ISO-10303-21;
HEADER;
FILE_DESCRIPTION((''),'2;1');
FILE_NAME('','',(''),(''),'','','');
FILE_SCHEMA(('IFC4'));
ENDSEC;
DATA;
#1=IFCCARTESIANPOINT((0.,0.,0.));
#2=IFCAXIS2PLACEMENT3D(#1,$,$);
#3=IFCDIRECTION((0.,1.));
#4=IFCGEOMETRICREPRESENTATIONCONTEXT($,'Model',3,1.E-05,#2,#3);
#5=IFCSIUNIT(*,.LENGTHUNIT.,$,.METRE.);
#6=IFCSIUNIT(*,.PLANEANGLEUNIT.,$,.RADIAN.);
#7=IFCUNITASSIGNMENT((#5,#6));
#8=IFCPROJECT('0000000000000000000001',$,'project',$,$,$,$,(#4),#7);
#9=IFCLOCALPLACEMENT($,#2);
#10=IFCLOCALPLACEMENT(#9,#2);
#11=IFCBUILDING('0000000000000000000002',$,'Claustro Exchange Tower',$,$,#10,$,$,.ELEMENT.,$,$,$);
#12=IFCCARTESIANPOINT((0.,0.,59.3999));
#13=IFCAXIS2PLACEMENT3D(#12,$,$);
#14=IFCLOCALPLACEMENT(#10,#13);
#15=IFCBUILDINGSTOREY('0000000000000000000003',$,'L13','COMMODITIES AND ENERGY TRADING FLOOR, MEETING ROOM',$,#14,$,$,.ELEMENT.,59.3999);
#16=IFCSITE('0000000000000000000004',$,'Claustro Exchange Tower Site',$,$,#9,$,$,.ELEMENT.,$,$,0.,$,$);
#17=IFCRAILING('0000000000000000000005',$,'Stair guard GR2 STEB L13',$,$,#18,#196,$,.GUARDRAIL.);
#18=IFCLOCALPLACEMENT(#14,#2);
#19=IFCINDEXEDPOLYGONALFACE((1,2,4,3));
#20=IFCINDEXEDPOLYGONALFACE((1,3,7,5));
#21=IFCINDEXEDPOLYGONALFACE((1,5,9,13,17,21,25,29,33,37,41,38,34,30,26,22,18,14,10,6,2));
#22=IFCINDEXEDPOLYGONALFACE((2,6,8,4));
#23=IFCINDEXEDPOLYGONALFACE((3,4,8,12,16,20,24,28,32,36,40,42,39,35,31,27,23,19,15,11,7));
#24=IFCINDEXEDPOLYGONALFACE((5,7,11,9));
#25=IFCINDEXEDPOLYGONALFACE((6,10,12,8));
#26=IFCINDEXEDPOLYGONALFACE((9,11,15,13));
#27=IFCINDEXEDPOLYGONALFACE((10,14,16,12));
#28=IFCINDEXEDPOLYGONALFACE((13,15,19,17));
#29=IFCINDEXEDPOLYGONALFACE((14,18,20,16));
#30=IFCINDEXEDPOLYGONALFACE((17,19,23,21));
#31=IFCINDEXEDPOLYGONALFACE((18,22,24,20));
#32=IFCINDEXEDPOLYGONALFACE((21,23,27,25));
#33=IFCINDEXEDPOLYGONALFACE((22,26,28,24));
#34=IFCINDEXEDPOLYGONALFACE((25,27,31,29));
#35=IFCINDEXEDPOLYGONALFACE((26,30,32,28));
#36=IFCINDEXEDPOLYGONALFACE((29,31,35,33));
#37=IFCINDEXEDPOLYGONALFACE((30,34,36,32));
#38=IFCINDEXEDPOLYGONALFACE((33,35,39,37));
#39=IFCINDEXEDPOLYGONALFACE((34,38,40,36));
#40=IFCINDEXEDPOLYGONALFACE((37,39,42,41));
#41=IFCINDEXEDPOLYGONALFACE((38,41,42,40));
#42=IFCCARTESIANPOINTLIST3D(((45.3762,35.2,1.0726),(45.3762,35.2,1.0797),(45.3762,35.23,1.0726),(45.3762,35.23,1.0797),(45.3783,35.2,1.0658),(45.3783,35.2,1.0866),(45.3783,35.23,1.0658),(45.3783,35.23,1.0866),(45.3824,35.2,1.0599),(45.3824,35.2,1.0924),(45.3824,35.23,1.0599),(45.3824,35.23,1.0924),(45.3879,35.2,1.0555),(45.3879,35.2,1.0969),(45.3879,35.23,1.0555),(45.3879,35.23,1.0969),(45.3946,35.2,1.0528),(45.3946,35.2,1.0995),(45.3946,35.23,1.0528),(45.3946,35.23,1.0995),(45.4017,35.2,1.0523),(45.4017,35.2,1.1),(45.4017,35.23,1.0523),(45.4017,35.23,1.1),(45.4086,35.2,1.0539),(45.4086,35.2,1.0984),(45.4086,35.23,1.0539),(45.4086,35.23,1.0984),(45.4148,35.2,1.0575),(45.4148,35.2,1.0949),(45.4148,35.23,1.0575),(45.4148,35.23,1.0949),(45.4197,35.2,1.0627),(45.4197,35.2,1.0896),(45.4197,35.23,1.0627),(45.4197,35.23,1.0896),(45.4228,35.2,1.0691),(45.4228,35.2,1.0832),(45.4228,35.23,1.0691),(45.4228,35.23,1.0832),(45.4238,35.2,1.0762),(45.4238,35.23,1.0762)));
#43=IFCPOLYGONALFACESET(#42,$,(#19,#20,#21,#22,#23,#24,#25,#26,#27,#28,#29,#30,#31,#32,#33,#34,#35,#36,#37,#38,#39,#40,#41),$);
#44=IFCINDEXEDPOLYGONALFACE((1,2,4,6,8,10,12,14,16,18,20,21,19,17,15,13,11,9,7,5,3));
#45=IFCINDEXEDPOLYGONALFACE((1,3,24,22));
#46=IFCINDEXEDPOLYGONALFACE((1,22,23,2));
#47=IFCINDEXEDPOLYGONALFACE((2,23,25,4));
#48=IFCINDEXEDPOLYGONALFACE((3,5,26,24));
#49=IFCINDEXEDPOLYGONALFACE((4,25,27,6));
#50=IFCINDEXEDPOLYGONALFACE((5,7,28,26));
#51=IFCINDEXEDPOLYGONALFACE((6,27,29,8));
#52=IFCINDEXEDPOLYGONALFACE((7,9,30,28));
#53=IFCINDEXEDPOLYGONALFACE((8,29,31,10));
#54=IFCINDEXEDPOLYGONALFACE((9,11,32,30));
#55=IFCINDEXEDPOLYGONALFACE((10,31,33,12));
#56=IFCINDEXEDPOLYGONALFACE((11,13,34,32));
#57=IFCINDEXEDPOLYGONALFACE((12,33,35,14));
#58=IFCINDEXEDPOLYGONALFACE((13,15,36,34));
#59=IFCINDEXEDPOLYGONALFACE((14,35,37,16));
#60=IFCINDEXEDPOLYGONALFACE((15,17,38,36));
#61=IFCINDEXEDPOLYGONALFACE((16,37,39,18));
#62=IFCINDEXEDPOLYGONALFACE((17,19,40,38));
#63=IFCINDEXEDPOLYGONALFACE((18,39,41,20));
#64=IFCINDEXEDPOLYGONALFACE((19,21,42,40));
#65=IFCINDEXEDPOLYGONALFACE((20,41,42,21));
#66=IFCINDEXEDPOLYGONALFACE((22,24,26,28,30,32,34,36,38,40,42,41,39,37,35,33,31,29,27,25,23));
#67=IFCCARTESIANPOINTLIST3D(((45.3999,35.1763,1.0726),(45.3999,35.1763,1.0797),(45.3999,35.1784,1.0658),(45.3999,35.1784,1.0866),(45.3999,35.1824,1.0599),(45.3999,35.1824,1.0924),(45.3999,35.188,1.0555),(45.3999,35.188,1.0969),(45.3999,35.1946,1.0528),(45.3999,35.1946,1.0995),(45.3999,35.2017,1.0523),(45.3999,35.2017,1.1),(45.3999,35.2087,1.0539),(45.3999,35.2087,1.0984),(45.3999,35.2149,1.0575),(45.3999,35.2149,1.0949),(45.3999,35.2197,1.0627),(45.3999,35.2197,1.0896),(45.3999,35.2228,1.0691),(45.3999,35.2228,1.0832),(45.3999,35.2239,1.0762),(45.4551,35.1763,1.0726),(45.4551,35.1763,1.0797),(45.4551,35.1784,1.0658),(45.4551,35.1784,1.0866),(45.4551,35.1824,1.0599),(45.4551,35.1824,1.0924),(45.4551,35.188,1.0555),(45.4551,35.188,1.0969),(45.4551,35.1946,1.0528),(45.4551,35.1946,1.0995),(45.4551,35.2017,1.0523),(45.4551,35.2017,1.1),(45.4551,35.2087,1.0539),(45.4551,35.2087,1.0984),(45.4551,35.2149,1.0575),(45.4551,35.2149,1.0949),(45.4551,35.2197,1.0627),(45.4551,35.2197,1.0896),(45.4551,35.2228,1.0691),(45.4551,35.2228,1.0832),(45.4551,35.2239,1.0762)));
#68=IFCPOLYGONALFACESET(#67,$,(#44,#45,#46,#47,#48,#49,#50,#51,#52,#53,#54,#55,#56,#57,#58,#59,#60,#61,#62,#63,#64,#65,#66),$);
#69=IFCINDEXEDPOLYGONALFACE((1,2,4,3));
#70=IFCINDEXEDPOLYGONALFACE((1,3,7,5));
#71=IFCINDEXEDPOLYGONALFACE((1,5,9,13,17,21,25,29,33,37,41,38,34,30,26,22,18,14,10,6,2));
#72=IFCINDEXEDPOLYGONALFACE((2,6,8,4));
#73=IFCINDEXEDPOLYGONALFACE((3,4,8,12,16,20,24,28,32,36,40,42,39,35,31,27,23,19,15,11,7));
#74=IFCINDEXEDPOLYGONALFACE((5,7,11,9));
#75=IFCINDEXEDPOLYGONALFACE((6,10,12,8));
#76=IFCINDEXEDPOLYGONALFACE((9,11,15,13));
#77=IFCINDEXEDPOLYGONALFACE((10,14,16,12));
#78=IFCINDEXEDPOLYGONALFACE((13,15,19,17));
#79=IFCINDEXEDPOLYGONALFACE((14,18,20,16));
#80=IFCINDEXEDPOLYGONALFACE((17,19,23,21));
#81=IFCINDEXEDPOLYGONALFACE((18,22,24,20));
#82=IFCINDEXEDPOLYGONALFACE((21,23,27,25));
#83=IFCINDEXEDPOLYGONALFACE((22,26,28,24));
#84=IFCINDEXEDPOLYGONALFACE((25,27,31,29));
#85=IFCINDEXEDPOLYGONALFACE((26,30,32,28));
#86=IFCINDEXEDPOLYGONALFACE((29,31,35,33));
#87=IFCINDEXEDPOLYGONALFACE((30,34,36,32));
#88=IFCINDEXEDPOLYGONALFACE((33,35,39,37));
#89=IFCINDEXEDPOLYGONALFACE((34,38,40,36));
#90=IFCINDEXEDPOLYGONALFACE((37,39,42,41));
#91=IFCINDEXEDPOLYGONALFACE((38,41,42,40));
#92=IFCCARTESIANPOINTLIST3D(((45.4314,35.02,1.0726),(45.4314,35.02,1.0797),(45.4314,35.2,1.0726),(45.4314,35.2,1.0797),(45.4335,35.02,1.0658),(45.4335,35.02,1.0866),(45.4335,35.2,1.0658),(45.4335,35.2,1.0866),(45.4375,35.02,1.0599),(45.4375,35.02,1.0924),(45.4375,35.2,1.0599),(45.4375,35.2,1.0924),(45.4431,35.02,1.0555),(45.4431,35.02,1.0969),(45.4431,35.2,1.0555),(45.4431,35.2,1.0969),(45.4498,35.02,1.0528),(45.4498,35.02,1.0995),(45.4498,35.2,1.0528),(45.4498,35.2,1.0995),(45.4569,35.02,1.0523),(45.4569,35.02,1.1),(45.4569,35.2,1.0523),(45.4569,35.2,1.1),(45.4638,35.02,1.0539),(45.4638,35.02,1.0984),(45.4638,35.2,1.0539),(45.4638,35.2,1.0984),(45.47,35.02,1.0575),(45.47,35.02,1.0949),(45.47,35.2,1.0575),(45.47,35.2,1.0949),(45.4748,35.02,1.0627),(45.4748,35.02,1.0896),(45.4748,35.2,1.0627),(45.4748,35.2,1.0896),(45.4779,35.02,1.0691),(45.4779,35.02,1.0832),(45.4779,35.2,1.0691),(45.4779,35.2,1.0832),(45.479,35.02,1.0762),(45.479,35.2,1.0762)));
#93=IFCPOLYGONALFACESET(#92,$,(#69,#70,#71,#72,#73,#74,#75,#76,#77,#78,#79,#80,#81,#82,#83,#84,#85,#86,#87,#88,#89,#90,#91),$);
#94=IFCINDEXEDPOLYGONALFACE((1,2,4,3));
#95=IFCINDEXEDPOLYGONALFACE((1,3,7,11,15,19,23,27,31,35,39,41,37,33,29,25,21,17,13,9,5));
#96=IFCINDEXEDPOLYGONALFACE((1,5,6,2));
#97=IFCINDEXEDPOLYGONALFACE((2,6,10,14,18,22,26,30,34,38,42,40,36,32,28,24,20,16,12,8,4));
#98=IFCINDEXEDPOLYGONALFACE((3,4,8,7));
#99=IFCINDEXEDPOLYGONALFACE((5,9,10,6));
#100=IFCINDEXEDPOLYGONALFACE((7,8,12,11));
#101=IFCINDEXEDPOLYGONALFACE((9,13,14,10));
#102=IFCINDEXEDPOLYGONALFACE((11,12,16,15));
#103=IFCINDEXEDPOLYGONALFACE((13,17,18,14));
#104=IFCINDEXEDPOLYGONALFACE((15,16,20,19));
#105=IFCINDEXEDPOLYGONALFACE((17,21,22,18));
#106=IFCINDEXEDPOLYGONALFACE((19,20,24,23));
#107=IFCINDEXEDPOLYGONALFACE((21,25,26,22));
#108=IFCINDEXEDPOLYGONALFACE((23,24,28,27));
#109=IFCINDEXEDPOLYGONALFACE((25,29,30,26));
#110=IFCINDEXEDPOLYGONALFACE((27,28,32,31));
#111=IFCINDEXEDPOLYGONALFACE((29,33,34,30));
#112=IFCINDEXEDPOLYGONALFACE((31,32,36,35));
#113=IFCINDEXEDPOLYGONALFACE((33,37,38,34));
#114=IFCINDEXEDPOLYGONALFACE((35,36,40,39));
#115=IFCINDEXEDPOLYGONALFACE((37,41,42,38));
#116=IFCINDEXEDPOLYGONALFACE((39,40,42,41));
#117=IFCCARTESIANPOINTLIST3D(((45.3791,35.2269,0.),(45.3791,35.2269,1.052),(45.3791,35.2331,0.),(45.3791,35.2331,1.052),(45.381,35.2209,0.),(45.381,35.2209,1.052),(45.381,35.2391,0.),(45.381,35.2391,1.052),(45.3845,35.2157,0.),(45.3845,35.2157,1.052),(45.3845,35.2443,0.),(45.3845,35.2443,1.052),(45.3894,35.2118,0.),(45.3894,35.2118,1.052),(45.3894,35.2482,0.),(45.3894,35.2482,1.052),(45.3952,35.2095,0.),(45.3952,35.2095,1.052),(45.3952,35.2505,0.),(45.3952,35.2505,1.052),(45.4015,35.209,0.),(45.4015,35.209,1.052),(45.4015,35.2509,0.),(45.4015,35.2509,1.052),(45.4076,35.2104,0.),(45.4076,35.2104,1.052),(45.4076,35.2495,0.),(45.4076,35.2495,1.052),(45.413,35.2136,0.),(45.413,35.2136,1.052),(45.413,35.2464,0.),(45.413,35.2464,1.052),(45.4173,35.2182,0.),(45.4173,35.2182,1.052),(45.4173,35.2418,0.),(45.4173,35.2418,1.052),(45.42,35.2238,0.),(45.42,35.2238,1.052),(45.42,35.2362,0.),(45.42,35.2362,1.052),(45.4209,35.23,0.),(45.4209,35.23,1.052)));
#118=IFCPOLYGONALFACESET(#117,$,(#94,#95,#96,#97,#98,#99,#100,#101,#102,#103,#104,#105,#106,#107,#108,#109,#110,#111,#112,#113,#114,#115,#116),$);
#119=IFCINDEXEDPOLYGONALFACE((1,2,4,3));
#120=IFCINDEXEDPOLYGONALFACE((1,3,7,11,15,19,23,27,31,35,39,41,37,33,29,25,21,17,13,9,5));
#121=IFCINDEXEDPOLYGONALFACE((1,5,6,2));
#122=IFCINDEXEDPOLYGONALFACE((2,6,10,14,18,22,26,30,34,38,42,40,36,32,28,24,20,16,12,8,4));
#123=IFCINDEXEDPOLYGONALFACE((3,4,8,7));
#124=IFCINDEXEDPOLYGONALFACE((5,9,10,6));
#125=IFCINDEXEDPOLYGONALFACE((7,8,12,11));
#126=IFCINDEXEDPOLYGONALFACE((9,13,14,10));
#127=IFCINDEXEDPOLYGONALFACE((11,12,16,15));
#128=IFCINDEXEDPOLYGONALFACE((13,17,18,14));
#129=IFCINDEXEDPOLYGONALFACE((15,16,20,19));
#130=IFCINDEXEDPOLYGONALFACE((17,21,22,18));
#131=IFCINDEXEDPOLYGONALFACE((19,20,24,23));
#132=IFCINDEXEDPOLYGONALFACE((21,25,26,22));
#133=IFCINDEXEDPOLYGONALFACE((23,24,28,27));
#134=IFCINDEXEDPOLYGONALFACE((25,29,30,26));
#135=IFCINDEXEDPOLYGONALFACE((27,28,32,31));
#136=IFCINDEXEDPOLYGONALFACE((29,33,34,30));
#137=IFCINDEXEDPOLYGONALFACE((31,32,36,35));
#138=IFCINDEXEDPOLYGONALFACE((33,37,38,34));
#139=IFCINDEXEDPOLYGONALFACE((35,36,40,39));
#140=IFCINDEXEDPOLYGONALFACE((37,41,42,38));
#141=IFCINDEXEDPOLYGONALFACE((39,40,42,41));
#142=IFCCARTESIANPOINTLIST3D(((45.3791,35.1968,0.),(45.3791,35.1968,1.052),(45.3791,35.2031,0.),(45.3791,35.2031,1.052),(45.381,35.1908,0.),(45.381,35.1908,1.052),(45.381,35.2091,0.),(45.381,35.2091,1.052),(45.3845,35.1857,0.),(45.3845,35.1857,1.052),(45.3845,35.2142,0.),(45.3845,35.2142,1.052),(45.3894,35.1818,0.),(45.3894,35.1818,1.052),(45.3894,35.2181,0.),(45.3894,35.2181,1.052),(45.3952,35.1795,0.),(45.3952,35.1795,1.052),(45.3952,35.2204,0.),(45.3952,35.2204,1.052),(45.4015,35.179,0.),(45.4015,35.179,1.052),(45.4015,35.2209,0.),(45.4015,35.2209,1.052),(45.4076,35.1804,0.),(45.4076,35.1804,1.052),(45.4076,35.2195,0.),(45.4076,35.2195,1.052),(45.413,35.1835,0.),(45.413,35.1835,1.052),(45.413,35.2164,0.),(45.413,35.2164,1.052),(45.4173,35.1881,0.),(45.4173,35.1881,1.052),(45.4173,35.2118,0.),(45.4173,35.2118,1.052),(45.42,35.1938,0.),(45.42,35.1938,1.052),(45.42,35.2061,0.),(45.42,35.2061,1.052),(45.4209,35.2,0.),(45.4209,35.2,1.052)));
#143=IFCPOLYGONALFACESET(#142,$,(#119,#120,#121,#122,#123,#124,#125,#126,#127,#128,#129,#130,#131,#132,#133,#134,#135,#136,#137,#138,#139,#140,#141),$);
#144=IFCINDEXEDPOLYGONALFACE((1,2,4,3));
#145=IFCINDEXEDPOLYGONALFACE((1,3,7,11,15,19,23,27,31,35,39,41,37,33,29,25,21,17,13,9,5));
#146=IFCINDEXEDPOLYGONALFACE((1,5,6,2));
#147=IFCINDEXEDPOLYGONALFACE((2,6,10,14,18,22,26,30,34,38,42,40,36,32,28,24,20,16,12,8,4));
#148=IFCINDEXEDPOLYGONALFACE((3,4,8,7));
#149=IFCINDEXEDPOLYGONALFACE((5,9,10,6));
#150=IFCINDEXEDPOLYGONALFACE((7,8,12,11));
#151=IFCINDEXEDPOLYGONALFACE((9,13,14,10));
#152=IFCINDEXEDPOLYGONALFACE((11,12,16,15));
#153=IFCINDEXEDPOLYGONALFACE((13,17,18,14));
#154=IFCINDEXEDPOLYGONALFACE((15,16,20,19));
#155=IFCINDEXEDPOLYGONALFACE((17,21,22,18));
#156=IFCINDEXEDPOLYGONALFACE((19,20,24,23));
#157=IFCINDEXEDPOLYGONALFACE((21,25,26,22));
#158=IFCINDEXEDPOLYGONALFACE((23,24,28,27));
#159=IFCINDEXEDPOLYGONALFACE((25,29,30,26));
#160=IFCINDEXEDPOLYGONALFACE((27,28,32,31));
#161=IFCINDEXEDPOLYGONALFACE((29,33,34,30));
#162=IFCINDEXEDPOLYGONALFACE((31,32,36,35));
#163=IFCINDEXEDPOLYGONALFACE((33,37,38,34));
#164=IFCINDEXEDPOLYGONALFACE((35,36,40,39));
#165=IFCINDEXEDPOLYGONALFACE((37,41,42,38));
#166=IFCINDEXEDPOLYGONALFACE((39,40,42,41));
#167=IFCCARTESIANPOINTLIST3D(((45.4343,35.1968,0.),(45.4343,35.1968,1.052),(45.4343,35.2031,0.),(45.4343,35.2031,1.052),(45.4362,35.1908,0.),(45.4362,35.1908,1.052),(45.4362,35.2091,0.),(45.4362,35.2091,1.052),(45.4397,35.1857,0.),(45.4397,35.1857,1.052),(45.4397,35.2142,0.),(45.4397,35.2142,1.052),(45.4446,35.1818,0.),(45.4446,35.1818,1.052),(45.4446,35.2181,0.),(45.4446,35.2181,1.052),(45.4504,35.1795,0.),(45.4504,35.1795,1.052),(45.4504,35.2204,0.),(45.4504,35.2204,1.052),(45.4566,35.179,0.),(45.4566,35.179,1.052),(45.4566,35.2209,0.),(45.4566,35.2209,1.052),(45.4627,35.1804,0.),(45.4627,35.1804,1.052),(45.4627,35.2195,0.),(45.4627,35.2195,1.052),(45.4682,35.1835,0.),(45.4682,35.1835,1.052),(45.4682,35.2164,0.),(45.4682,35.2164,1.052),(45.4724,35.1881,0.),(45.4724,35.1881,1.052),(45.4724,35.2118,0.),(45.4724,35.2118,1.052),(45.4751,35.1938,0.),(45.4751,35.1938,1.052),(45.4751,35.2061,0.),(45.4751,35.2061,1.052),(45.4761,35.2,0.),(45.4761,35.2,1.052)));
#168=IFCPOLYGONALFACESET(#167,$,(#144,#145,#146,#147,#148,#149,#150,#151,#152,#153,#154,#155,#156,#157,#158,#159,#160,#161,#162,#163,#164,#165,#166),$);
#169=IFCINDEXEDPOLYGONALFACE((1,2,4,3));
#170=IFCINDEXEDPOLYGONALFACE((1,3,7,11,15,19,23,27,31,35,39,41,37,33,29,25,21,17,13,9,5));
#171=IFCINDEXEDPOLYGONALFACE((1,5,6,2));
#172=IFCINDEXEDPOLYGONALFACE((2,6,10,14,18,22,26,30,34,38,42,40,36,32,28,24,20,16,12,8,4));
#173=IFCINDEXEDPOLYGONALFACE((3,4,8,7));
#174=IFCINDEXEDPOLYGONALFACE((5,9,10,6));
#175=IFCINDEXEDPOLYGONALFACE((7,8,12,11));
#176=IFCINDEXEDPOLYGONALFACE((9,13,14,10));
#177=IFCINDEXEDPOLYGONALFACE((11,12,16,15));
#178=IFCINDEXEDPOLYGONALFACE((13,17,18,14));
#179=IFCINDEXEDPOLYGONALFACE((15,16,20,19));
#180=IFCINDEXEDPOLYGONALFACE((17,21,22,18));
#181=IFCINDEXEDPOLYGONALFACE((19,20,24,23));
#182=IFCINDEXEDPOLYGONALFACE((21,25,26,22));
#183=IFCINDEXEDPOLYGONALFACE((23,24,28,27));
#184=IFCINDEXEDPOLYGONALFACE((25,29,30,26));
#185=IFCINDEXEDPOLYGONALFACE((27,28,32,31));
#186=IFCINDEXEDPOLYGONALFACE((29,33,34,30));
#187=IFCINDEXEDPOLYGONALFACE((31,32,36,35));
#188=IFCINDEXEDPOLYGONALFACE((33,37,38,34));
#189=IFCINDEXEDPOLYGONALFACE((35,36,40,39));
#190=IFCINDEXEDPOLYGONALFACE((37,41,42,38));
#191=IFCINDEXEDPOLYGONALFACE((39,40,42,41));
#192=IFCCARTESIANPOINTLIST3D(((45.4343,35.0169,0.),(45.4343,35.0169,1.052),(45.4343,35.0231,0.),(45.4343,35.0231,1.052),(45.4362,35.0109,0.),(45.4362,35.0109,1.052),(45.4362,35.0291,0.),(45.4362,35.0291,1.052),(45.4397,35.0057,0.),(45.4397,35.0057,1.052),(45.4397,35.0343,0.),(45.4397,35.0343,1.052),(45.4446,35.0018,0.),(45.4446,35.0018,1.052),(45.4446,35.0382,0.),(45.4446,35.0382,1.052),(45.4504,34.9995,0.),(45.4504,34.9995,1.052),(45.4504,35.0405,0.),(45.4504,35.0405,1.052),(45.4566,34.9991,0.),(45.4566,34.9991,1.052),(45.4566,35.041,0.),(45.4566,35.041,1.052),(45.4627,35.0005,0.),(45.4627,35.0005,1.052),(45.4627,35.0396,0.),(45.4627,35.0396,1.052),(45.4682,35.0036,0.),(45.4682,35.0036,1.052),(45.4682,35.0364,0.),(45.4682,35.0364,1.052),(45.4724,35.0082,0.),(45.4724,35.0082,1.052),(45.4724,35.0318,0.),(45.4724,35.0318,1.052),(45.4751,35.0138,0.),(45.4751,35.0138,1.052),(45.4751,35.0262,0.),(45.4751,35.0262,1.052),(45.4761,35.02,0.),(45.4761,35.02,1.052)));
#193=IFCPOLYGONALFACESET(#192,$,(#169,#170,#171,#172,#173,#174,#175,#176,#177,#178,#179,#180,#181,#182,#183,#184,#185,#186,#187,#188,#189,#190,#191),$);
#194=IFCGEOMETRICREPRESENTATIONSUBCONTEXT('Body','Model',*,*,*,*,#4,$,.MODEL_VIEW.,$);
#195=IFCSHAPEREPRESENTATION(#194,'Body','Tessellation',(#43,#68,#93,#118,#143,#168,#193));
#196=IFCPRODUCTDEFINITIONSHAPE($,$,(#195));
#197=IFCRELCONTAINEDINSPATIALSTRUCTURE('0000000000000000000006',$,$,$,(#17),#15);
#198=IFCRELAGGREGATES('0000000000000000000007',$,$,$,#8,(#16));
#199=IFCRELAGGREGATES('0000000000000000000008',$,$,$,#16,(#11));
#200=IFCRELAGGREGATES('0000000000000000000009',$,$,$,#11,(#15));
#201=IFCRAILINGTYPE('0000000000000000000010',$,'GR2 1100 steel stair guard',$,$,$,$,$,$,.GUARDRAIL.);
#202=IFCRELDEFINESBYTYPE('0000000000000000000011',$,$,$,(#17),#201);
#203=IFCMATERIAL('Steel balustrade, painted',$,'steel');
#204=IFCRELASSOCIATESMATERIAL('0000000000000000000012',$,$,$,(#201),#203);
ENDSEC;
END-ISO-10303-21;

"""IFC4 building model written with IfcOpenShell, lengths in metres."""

from ifc_helpers import new_model, si_unit, direction, frame, origin, origin_2d, place, context, subcontext, project, spatial, circle, extrude, material, type_object, element, save


model = new_model("IFC4")

# Units and contexts
model_context = context("Model", 3, precision=1e-05, world=origin(), true_north=direction((0.0, 1.0)))
body_context = subcontext(model_context, "Body", "Model", "MODEL_VIEW")
ifc_project = project(units=[si_unit("LENGTHUNIT", "METRE"), si_unit("PLANEANGLEUNIT", "RADIAN")], contexts=[model_context])

# Site, building, storey
site_placement = place(None, origin())
site = spatial("IfcSite", under=ifc_project, at=site_placement, Name="Claustro Exchange Tower Site", CompositionType="ELEMENT", RefElevation=0.0)
building_placement = place(site_placement, origin())
building = spatial("IfcBuilding", under=site, at=building_placement, Name="Claustro Exchange Tower", CompositionType="ELEMENT")
storey_placement = place(building_placement, frame((0.0, 0.0, 59.3999)))
storey = spatial("IfcBuildingStorey", under=building, at=storey_placement, Name="L13", Description="COMMODITIES AND ENERGY TRADING FLOOR, MEETING ROOM", CompositionType="ELEMENT", Elevation=59.3999)

# Railing
ifc_material_1 = material(Name="Steel balustrade, painted", Category="steel")
railing_type_1 = type_object("IfcRailingType", Name="GR2 1100 steel stair guard", PredefinedType="GUARDRAIL", material=ifc_material_1)
railing_1_placement = place(storey_placement, frame((45.3999, 35.23, 0.0)))
element("IfcRailing", 1, at=railing_1_placement, inside=storey, type_object=railing_type_1, Name="Stair guard GR2 STEB L13", PredefinedType="GUARDRAIL", context=body_context, shape_type="SweptSolid", body=[
    extrude(circle(Radius=0.0239, at=origin_2d()), frame((0.0, 0.0, 1.0762), z_axis=(0.0, -1.0, 0.0), x_axis=(1.0, 0.0, 0.0)), (0.0, 0.0, 1.0), 0.03),
    extrude(circle(Radius=0.0239, at=origin_2d()), frame((0.0, -0.03, 1.0762), z_axis=(1.0, 0.0, 0.0), x_axis=(0.0, 1.0, 0.0)), (0.0, 0.0, 1.0), 0.0552),
    extrude(circle(Radius=0.0239, at=origin_2d()), frame((0.0552, -0.03, 1.0762), z_axis=(0.0, -1.0, 0.0), x_axis=(1.0, 0.0, 0.0)), (0.0, 0.0, 1.0), 0.1799),
    extrude(circle(Radius=0.021, at=origin_2d()), origin(), (0.0, 0.0, 1.0), 1.052),
    extrude(circle(Radius=0.021, at=origin_2d()), frame((0.0, -0.03, 0.0)), (0.0, 0.0, 1.0), 1.052),
    extrude(circle(Radius=0.021, at=origin_2d()), frame((0.0552, -0.03, 0.0)), (0.0, 0.0, 1.0), 1.052),
    extrude(circle(Radius=0.021, at=origin_2d()), frame((0.0552, -0.21, 0.0)), (0.0, 0.0, 1.0), 1.052),
])

save(model, "model.ifc")
